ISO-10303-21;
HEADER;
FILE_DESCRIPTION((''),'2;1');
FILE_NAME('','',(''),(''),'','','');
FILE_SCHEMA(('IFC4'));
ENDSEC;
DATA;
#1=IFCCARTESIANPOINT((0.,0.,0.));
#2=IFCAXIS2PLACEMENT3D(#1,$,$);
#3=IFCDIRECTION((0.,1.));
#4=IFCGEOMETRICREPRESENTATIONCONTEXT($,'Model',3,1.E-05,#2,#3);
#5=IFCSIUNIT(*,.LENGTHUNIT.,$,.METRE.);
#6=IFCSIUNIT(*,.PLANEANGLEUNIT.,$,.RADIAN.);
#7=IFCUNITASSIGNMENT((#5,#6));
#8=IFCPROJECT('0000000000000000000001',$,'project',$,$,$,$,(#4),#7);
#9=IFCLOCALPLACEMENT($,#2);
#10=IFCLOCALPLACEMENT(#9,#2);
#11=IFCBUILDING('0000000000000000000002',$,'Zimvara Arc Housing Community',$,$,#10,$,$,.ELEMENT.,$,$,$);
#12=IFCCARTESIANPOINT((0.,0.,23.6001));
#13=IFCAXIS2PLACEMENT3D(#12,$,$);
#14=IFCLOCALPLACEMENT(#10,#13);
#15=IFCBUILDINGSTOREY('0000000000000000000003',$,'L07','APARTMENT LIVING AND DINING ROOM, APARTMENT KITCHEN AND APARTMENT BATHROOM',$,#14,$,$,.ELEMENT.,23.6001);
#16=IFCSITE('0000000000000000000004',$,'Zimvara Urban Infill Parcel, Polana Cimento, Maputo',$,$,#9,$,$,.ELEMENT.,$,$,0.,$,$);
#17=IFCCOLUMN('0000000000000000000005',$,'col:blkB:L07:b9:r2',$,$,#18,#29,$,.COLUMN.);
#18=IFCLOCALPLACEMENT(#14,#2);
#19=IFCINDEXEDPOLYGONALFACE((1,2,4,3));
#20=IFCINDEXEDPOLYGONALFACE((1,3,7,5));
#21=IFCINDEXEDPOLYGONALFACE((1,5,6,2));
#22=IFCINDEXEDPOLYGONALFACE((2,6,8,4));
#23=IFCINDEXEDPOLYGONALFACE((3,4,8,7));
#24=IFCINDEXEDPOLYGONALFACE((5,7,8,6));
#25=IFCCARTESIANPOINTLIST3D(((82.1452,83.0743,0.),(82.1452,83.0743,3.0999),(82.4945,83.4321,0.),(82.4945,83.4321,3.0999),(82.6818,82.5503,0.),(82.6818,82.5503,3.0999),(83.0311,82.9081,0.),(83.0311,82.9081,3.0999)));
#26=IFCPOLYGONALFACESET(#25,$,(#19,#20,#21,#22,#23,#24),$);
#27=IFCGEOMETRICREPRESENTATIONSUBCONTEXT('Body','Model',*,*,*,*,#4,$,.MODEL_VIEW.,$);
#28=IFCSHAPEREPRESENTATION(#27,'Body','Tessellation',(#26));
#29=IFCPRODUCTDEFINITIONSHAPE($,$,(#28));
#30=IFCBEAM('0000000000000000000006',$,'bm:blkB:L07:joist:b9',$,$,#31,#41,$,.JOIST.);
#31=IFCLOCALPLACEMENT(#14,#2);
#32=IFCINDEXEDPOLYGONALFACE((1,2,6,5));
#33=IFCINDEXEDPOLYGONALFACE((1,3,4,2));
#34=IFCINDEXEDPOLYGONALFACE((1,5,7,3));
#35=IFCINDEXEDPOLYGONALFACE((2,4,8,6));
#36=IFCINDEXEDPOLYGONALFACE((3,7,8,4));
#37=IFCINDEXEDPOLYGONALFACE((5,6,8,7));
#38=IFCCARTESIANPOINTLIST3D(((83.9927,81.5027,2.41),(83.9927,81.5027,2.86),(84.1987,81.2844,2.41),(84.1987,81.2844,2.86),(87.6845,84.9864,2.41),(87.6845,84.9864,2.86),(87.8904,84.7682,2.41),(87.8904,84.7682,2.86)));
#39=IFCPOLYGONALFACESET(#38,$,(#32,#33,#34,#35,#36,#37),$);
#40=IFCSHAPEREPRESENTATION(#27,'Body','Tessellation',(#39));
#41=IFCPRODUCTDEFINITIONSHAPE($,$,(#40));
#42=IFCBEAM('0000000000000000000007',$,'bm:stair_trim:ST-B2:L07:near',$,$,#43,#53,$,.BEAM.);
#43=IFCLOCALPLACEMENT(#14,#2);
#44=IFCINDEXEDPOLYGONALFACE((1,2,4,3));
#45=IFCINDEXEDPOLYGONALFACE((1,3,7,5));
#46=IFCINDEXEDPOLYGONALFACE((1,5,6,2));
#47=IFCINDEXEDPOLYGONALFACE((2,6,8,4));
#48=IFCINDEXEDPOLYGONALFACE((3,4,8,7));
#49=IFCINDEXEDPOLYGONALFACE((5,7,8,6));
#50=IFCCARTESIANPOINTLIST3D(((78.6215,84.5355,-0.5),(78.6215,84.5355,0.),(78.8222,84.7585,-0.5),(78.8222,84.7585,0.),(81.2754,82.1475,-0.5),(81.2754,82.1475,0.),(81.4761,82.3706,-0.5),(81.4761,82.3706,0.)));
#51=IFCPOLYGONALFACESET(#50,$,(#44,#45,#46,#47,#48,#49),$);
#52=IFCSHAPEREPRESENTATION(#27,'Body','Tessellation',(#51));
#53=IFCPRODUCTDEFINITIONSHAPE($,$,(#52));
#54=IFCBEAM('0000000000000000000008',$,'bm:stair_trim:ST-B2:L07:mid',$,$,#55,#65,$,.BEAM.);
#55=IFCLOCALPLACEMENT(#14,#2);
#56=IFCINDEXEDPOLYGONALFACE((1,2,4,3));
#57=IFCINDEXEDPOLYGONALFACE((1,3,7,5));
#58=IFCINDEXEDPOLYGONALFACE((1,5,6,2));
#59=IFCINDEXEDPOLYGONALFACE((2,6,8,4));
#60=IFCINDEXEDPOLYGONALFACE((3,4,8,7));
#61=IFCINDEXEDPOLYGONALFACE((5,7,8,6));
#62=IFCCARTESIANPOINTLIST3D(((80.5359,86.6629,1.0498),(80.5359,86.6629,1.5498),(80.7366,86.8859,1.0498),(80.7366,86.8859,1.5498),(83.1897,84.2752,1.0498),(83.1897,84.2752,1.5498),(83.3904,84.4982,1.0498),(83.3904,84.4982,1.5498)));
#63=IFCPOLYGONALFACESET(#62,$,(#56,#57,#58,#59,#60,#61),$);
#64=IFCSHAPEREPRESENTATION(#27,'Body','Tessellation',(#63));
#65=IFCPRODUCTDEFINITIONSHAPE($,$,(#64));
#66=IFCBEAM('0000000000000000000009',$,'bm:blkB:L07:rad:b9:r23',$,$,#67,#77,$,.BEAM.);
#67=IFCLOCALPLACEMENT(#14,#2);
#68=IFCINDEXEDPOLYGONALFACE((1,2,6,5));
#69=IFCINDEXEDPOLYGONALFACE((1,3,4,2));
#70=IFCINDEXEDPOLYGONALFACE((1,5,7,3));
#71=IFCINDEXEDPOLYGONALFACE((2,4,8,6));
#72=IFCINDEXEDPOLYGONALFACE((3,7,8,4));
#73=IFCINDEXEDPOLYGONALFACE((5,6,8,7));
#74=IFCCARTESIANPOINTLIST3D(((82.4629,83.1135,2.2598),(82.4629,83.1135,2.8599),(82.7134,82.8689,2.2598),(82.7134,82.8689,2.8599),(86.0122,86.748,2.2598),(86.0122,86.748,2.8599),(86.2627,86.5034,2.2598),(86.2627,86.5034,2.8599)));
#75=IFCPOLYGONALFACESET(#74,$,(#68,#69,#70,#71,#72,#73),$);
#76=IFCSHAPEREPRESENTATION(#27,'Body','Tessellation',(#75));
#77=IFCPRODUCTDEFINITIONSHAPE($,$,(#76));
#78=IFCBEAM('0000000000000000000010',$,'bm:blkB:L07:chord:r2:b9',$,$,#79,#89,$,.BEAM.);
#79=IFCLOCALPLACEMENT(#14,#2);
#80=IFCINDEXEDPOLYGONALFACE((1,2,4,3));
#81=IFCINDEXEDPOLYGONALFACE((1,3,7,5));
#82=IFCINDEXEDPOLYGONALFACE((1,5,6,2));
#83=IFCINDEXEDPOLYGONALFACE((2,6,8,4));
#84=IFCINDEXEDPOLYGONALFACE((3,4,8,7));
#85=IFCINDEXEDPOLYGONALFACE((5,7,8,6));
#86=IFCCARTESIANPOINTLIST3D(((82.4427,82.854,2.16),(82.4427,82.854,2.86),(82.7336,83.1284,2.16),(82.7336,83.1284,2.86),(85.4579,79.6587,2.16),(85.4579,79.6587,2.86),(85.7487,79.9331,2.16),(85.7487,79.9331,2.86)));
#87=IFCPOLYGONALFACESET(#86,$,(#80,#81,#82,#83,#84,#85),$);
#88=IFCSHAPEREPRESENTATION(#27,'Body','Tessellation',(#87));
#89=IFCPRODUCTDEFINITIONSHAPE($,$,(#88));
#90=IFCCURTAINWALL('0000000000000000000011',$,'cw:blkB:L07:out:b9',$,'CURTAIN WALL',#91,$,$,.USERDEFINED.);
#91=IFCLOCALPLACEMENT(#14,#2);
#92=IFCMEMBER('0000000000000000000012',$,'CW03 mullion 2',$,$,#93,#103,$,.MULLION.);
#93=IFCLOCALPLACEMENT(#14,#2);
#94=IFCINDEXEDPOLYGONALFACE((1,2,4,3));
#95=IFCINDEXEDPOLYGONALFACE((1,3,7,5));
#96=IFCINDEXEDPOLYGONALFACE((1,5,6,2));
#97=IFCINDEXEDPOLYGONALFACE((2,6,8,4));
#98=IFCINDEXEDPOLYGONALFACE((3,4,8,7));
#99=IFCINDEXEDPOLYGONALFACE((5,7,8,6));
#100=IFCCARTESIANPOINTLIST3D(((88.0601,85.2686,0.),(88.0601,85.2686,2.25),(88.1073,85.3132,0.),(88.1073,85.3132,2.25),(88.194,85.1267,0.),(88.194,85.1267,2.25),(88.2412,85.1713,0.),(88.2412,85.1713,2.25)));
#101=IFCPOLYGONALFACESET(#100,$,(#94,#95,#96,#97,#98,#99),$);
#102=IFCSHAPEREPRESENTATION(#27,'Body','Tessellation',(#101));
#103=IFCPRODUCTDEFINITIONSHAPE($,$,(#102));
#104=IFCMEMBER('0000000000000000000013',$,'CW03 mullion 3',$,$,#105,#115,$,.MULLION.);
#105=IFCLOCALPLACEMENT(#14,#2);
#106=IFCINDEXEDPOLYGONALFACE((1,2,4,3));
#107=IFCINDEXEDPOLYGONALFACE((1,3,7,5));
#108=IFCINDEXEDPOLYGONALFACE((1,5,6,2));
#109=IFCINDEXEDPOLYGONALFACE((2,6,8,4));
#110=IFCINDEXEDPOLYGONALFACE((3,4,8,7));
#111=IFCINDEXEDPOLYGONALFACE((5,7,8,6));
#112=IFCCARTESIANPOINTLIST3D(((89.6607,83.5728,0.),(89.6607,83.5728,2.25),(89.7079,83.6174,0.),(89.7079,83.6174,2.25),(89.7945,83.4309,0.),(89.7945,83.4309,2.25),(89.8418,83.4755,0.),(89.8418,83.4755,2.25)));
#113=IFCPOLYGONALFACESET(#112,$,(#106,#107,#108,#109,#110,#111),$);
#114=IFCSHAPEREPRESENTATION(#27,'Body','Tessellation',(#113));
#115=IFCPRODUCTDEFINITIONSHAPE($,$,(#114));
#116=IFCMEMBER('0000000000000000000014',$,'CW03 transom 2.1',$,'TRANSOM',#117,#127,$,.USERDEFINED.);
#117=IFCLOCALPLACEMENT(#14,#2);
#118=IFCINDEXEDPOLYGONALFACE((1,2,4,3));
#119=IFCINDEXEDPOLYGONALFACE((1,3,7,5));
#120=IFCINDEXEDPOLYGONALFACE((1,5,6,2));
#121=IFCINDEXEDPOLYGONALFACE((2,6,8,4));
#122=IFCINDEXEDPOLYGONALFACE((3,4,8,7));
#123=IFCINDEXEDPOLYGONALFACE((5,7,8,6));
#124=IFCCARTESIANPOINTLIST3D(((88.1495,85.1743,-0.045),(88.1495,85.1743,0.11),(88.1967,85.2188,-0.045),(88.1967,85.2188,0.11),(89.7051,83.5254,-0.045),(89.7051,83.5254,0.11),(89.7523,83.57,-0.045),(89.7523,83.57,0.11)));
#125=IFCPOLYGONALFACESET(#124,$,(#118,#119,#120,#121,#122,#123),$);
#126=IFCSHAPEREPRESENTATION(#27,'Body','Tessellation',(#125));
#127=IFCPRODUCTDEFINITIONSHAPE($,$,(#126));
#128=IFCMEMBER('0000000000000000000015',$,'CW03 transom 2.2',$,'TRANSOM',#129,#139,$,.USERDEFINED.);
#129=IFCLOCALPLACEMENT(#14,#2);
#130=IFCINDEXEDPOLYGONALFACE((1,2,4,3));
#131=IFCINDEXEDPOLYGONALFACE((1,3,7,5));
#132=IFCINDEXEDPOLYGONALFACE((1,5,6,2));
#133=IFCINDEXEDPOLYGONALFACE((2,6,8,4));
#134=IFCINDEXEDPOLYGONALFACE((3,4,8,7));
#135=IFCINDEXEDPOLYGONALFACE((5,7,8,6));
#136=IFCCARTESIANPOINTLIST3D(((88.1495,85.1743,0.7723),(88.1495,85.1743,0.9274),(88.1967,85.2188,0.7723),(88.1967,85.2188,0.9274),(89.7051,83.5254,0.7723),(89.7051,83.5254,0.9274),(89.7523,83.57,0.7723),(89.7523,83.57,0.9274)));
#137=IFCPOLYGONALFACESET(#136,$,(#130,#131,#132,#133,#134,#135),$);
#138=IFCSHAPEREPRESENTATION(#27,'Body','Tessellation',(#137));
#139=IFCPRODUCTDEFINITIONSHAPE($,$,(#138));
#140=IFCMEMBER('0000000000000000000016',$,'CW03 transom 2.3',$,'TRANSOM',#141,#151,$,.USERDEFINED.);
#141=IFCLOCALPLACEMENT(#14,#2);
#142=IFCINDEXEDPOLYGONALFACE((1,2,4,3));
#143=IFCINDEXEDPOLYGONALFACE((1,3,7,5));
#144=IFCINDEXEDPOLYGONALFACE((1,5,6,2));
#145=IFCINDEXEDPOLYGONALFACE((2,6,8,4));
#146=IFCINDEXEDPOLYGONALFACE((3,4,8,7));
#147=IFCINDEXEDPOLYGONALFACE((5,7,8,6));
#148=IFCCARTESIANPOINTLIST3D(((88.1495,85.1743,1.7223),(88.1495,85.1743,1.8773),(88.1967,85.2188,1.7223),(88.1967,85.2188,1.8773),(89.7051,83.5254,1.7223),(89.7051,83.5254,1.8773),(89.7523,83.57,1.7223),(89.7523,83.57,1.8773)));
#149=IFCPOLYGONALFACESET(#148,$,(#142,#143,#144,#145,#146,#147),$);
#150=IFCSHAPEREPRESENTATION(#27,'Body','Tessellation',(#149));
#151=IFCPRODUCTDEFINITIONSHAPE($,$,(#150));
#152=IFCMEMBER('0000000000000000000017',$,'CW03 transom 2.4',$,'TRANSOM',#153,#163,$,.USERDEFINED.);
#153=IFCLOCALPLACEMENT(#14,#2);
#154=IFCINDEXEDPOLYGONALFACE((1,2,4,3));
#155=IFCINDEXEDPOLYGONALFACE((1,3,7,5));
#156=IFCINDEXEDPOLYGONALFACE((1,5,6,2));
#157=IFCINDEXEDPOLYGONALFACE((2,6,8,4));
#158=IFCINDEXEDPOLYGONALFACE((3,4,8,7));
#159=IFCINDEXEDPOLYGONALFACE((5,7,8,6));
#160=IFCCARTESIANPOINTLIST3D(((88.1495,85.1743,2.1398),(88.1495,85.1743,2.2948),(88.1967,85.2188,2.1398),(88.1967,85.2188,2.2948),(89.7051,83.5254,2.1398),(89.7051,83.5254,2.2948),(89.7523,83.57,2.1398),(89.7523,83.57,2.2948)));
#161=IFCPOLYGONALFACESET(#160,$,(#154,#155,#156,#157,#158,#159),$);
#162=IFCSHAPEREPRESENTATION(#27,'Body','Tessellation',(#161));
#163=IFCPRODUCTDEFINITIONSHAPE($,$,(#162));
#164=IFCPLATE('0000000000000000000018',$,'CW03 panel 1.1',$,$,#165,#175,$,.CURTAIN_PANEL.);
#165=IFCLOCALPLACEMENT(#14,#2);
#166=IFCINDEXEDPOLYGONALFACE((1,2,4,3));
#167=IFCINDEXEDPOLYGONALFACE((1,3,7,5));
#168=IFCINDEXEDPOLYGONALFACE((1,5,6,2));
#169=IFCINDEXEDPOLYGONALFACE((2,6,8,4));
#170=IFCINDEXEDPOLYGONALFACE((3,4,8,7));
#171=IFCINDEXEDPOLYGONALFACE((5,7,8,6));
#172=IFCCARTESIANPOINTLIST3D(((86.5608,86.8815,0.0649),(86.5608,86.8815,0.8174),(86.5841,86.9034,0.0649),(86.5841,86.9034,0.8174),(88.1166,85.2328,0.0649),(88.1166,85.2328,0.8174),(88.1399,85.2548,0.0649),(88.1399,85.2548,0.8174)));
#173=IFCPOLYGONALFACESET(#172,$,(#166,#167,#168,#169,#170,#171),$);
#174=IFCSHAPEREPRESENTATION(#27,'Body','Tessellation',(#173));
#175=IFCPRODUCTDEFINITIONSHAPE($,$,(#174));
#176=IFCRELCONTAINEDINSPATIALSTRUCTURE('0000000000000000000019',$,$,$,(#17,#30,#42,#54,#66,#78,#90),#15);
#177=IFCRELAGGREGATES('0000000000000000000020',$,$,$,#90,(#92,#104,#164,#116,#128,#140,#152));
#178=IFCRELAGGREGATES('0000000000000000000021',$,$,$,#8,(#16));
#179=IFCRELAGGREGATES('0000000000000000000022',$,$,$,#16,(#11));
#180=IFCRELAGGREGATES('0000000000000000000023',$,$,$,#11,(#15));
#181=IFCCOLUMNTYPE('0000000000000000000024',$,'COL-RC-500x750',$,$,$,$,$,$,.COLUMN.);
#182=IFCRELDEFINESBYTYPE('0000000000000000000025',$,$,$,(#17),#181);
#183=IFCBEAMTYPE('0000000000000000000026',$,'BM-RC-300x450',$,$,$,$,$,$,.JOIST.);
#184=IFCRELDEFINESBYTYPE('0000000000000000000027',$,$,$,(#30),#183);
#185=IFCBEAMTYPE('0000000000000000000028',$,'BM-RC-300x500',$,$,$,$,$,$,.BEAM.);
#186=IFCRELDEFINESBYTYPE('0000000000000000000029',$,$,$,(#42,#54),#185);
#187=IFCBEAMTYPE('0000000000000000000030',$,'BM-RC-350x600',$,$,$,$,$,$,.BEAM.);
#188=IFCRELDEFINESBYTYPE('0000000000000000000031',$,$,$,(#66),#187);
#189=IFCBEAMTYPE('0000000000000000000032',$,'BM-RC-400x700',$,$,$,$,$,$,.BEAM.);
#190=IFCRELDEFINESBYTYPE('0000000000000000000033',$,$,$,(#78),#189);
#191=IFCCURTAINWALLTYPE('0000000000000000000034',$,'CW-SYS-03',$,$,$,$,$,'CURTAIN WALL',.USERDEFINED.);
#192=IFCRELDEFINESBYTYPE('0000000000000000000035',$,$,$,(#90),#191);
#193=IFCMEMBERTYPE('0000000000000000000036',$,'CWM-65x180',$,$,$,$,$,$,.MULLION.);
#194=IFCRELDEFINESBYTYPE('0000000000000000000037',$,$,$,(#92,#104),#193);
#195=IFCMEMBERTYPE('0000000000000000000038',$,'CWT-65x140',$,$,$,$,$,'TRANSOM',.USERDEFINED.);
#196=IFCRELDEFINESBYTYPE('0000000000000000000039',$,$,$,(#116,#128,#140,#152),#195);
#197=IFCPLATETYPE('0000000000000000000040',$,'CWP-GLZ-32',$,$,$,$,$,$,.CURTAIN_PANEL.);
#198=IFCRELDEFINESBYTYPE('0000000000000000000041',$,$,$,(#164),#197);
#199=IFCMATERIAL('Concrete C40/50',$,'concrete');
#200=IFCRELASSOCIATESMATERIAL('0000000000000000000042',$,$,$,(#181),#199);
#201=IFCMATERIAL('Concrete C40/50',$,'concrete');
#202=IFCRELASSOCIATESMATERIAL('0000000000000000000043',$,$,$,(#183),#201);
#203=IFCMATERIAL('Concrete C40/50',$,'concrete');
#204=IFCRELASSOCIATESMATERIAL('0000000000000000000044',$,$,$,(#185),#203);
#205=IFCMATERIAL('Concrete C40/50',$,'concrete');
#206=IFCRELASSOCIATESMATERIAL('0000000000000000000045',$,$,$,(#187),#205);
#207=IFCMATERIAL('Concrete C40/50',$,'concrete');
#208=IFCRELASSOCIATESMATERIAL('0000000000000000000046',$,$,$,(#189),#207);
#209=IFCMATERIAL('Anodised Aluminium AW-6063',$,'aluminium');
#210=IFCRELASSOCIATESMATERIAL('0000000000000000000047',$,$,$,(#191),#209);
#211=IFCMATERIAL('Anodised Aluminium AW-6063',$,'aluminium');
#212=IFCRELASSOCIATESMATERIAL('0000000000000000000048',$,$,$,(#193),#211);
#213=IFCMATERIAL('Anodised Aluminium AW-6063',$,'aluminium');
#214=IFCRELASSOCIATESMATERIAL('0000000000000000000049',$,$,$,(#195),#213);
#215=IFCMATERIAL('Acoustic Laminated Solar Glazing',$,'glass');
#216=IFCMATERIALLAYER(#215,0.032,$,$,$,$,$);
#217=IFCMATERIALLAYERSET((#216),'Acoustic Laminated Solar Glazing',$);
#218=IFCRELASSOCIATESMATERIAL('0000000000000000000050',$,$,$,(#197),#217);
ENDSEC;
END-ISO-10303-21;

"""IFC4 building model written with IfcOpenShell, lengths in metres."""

from ifc_helpers import new_model, si_unit, direction, frame, origin, origin_2d, place, context, subcontext, project, spatial, rectangle, extrude, material, layer, layer_set, material_profile, profile_set, type_object, element, aggregate, save


model = new_model("IFC4")

# Units and contexts
model_context = context("Model", 3, precision=1e-05, world=origin(), true_north=direction((0.0, 1.0)))
body_context = subcontext(model_context, "Body", "Model", "MODEL_VIEW")
ifc_project = project(units=[si_unit("LENGTHUNIT", "METRE"), si_unit("PLANEANGLEUNIT", "RADIAN")], contexts=[model_context])

# Site, building, storey
site_placement = place(None, origin())
site = spatial("IfcSite", under=ifc_project, at=site_placement, Name="Zimvara Urban Infill Parcel, Polana Cimento, Maputo", CompositionType="ELEMENT", RefElevation=0.0)
building_placement = place(site_placement, origin())
building = spatial("IfcBuilding", under=site, at=building_placement, Name="Zimvara Arc Housing Community", CompositionType="ELEMENT")
storey_placement = place(building_placement, frame((0.0, 0.0, 23.6001)))
storey = spatial("IfcBuildingStorey", under=building, at=storey_placement, Name="L07", Description="APARTMENT LIVING AND DINING ROOM, APARTMENT KITCHEN AND APARTMENT BATHROOM", CompositionType="ELEMENT", Elevation=23.6001)

# Column
ifc_material_1 = material(Name="Concrete C40/50", Category="concrete")
ifc_material_profile_1 = material_profile(ifc_material_1, rectangle(XDim=0.5, YDim=0.75, at=origin_2d()), Name="RC 500x750")
ifc_profile_set_1 = profile_set([ifc_material_profile_1], Name="Concrete C40/50")
column_type_1 = type_object("IfcColumnType", Name="COL-RC-500x750", PredefinedType="COLUMN", material=ifc_profile_set_1)
column_1_placement = place(storey_placement, frame((82.5881, 82.9912, 0.0), z_axis=(0.0, 0.0, 1.0), x_axis=(0.698665, 0.715449, 0.0)))
element("IfcColumn", 1, at=column_1_placement, inside=storey, type_object=column_type_1, Name="col:blkB:L07:b9:r2", PredefinedType="COLUMN", context=body_context, shape_type="SweptSolid", body=[
    extrude(rectangle(XDim=0.5, YDim=0.75, at=origin_2d()), origin(), (0.0, 0.0, 1.0), 3.0999),
])

# Beams
ifc_material_2 = material(Name="Concrete C40/50", Category="concrete")
ifc_material_profile_2 = material_profile(ifc_material_2, rectangle(XDim=0.3, YDim=0.45, at=origin_2d()), Name="RC 300x450")
ifc_profile_set_2 = profile_set([ifc_material_profile_2], Name="Concrete C40/50")
beam_type_1 = type_object("IfcBeamType", Name="BM-RC-300x450", PredefinedType="JOIST", material=ifc_profile_set_2)
beam_1_placement = place(storey_placement, frame((84.0957, 81.3936, 2.635), z_axis=(0.7273, 0.68632, 0.0), x_axis=(-0.68632, 0.7273, 0.0)))
element("IfcBeam", 2, at=beam_1_placement, inside=storey, type_object=beam_type_1, Name="bm:blkB:L07:joist:b9", PredefinedType="JOIST", context=body_context, shape_type="SweptSolid", body=[
    extrude(rectangle(XDim=0.3, YDim=0.45, at=origin_2d()), origin(), (0.0, 0.0, 1.0), 5.0759),
])
ifc_material_3 = material(Name="Concrete C40/50", Category="concrete")
ifc_material_profile_3 = material_profile(ifc_material_3, rectangle(XDim=0.3, YDim=0.5, at=origin_2d()), Name="RC 300x500")
ifc_profile_set_3 = profile_set([ifc_material_profile_3], Name="Concrete C40/50")
beam_type_2 = type_object("IfcBeamType", Name="BM-RC-300x500", PredefinedType="BEAM", material=ifc_profile_set_3)
beam_2_placement = place(storey_placement, frame((81.3757, 82.259, -0.25), z_axis=(-0.743362, 0.668889, 0.0), x_axis=(-0.668889, -0.743362, 0.0)))
element("IfcBeam", 3, at=beam_2_placement, inside=storey, type_object=beam_type_2, Name="bm:stair_trim:ST-B2:L07:near", PredefinedType="BEAM", context=body_context, shape_type="SweptSolid", body=[
    extrude(rectangle(XDim=0.3, YDim=0.5, at=origin_2d()), origin(), (0.0, 0.0, 1.0), 3.5701),
])
beam_3_placement = place(storey_placement, frame((83.29, 84.3867, 1.2998), z_axis=(-0.743396, 0.668851, 0.0), x_axis=(-0.668851, -0.743396, 0.0)))
element("IfcBeam", 4, at=beam_3_placement, inside=storey, type_object=beam_type_2, Name="bm:stair_trim:ST-B2:L07:mid", PredefinedType="BEAM", context=body_context, shape_type="SweptSolid", body=[
    extrude(rectangle(XDim=0.3, YDim=0.5, at=origin_2d()), origin(), (0.0, 0.0, 1.0), 3.5698),
])
ifc_material_4 = material(Name="Concrete C40/50", Category="concrete")
ifc_material_profile_4 = material_profile(ifc_material_4, rectangle(XDim=0.3501, YDim=0.6001, at=origin_2d()), Name="RC 350x600")
ifc_profile_set_4 = profile_set([ifc_material_profile_4], Name="Concrete C40/50")
beam_type_3 = type_object("IfcBeamType", Name="BM-RC-350x600", PredefinedType="BEAM", material=ifc_profile_set_4)
beam_4_placement = place(storey_placement, frame((82.5881, 82.9912, 2.5598), z_axis=(0.698671, 0.715443, 0.0), x_axis=(-0.715443, 0.698671, 0.0)))
element("IfcBeam", 5, at=beam_4_placement, inside=storey, type_object=beam_type_3, Name="bm:blkB:L07:rad:b9:r23", PredefinedType="BEAM", context=body_context, shape_type="SweptSolid", body=[
    extrude(rectangle(XDim=0.3501, YDim=0.6001, at=origin_2d()), origin(), (0.0, 0.0, 1.0), 5.0801),
])
ifc_material_5 = material(Name="Concrete C40/50", Category="concrete")
ifc_material_profile_5 = material_profile(ifc_material_5, rectangle(XDim=0.3999, YDim=0.7, at=origin_2d()), Name="RC 400x700")
ifc_profile_set_5 = profile_set([ifc_material_profile_5], Name="Concrete C40/50")
beam_type_4 = type_object("IfcBeamType", Name="BM-RC-400x700", PredefinedType="BEAM", material=ifc_profile_set_5)
beam_5_placement = place(storey_placement, frame((82.5881, 82.9912, 2.51), z_axis=(0.686304, -0.727315, 0.0), x_axis=(0.727315, 0.686304, 0.0)))
element("IfcBeam", 6, at=beam_5_placement, inside=storey, type_object=beam_type_4, Name="bm:blkB:L07:chord:r2:b9", PredefinedType="BEAM", context=body_context, shape_type="SweptSolid", body=[
    extrude(rectangle(XDim=0.3999, YDim=0.7, at=origin_2d()), origin(), (0.0, 0.0, 1.0), 4.3933),
])

# Curtain wall, members, plate
ifc_material_6 = material(Name="Anodised Aluminium AW-6063", Category="aluminium")
curtain_wall_type = type_object("IfcCurtainWallType", Name="CW-SYS-03", ElementType="CURTAIN WALL", PredefinedType="USERDEFINED", material=ifc_material_6)
curtain_wall_placement = place(storey_placement, origin())
curtain_wall = element("IfcCurtainWall", 7, at=curtain_wall_placement, inside=storey, type_object=curtain_wall_type, Name="cw:blkB:L07:out:b9", ObjectType="CURTAIN WALL", PredefinedType="USERDEFINED")
ifc_material_7 = material(Name="Anodised Aluminium AW-6063", Category="aluminium")
ifc_material_profile_6 = material_profile(ifc_material_7, rectangle(XDim=0.0649, YDim=0.1951, at=origin_2d()), Name="ALU 65x195")
ifc_profile_set_6 = profile_set([ifc_material_profile_6], Name="Anodised Aluminium AW-6063")
member_type_1 = type_object("IfcMemberType", Name="CWM-65x180", PredefinedType="MULLION", material=ifc_profile_set_6)
member_1_placement = place(storey_placement, frame((88.1506, 85.22, 0.0), z_axis=(0.0, 0.0, 1.0), x_axis=(0.727294, 0.686326, 0.0)))
member_1 = element("IfcMember", 8, at=member_1_placement, type_object=member_type_1, Name="CW03 mullion 2", PredefinedType="MULLION", context=body_context, shape_type="SweptSolid", body=[
    extrude(rectangle(XDim=0.0649, YDim=0.1951, at=origin_2d()), origin(), (0.0, 0.0, 1.0), 2.25),
])
member_2_placement = place(storey_placement, frame((89.7512, 83.5242, 0.0), z_axis=(0.0, 0.0, 1.0), x_axis=(0.727294, 0.686326, 0.0)))
member_2 = element("IfcMember", 9, at=member_2_placement, type_object=member_type_1, Name="CW03 mullion 3", PredefinedType="MULLION", context=body_context, shape_type="SweptSolid", body=[
    extrude(rectangle(XDim=0.0649, YDim=0.1951, at=origin_2d()), origin(), (0.0, 0.0, 1.0), 2.25),
])
ifc_material_8 = material(Name="Anodised Aluminium AW-6063", Category="aluminium")
ifc_material_profile_7 = material_profile(ifc_material_8, rectangle(XDim=0.0649, YDim=0.155, at=origin_2d()), Name="ALU 65x155")
ifc_profile_set_7 = profile_set([ifc_material_profile_7], Name="Anodised Aluminium AW-6063")
member_type_2 = type_object("IfcMemberType", Name="CWT-65x140", ElementType="TRANSOM", PredefinedType="USERDEFINED", material=ifc_profile_set_7)
member_3_placement = place(storey_placement, frame((88.1731, 85.1965, 0.0325), z_axis=(0.686238, -0.727377, 0.0), x_axis=(0.727377, 0.686238, 0.0)))
member_3 = element("IfcMember", 10, at=member_3_placement, type_object=member_type_2, Name="CW03 transom 2.1", ObjectType="TRANSOM", PredefinedType="USERDEFINED", context=body_context, shape_type="SweptSolid", body=[
    extrude(rectangle(XDim=0.0649, YDim=0.155, at=origin_2d()), origin(), (0.0, 0.0, 1.0), 2.2668),
])
member_4_placement = place(storey_placement, frame((88.1731, 85.1965, 0.8499), z_axis=(0.686238, -0.727377, 0.0), x_axis=(0.727377, 0.686238, 0.0)))
member_4 = element("IfcMember", 11, at=member_4_placement, type_object=member_type_2, Name="CW03 transom 2.2", ObjectType="TRANSOM", PredefinedType="USERDEFINED", context=body_context, shape_type="SweptSolid", body=[
    extrude(rectangle(XDim=0.0649, YDim=0.155, at=origin_2d()), origin(), (0.0, 0.0, 1.0), 2.2668),
])
member_5_placement = place(storey_placement, frame((88.1731, 85.1965, 1.7998), z_axis=(0.686238, -0.727377, 0.0), x_axis=(0.727377, 0.686238, 0.0)))
member_5 = element("IfcMember", 12, at=member_5_placement, type_object=member_type_2, Name="CW03 transom 2.3", ObjectType="TRANSOM", PredefinedType="USERDEFINED", context=body_context, shape_type="SweptSolid", body=[
    extrude(rectangle(XDim=0.0649, YDim=0.155, at=origin_2d()), origin(), (0.0, 0.0, 1.0), 2.2668),
])
member_6_placement = place(storey_placement, frame((88.1731, 85.1965, 2.2173), z_axis=(0.686238, -0.727377, 0.0), x_axis=(0.727377, 0.686238, 0.0)))
member_6 = element("IfcMember", 13, at=member_6_placement, type_object=member_type_2, Name="CW03 transom 2.4", ObjectType="TRANSOM", PredefinedType="USERDEFINED", context=body_context, shape_type="SweptSolid", body=[
    extrude(rectangle(XDim=0.0649, YDim=0.155, at=origin_2d()), origin(), (0.0, 0.0, 1.0), 2.2668),
])
ifc_material_9 = material(Name="Acoustic Laminated Solar Glazing", Category="glass")
ifc_layer_1 = layer(ifc_material_9, 0.032)
ifc_layer_set_1 = layer_set([ifc_layer_1], Name="Acoustic Laminated Solar Glazing")
plate_type = type_object("IfcPlateType", Name="CWP-GLZ-32", PredefinedType="CURTAIN_PANEL", material=ifc_layer_set_1)
plate_1_placement = place(storey_placement, frame((87.3503, 86.0681, 0.0649), z_axis=(0.0, 0.0, 1.0), x_axis=(0.686326, -0.727294, 0.0)))
plate_1 = element("IfcPlate", 14, at=plate_1_placement, type_object=plate_type, Name="CW03 panel 1.1", PredefinedType="CURTAIN_PANEL", context=body_context, shape_type="SweptSolid", body=[
    extrude(rectangle(XDim=2.2668, YDim=0.032, at=origin_2d()), origin(), (0.0, 0.0, 1.0), 0.7524),
])
aggregate(curtain_wall, [member_1, member_2, plate_1, member_3, member_4, member_5, member_6])

save(model, "model.ifc")
